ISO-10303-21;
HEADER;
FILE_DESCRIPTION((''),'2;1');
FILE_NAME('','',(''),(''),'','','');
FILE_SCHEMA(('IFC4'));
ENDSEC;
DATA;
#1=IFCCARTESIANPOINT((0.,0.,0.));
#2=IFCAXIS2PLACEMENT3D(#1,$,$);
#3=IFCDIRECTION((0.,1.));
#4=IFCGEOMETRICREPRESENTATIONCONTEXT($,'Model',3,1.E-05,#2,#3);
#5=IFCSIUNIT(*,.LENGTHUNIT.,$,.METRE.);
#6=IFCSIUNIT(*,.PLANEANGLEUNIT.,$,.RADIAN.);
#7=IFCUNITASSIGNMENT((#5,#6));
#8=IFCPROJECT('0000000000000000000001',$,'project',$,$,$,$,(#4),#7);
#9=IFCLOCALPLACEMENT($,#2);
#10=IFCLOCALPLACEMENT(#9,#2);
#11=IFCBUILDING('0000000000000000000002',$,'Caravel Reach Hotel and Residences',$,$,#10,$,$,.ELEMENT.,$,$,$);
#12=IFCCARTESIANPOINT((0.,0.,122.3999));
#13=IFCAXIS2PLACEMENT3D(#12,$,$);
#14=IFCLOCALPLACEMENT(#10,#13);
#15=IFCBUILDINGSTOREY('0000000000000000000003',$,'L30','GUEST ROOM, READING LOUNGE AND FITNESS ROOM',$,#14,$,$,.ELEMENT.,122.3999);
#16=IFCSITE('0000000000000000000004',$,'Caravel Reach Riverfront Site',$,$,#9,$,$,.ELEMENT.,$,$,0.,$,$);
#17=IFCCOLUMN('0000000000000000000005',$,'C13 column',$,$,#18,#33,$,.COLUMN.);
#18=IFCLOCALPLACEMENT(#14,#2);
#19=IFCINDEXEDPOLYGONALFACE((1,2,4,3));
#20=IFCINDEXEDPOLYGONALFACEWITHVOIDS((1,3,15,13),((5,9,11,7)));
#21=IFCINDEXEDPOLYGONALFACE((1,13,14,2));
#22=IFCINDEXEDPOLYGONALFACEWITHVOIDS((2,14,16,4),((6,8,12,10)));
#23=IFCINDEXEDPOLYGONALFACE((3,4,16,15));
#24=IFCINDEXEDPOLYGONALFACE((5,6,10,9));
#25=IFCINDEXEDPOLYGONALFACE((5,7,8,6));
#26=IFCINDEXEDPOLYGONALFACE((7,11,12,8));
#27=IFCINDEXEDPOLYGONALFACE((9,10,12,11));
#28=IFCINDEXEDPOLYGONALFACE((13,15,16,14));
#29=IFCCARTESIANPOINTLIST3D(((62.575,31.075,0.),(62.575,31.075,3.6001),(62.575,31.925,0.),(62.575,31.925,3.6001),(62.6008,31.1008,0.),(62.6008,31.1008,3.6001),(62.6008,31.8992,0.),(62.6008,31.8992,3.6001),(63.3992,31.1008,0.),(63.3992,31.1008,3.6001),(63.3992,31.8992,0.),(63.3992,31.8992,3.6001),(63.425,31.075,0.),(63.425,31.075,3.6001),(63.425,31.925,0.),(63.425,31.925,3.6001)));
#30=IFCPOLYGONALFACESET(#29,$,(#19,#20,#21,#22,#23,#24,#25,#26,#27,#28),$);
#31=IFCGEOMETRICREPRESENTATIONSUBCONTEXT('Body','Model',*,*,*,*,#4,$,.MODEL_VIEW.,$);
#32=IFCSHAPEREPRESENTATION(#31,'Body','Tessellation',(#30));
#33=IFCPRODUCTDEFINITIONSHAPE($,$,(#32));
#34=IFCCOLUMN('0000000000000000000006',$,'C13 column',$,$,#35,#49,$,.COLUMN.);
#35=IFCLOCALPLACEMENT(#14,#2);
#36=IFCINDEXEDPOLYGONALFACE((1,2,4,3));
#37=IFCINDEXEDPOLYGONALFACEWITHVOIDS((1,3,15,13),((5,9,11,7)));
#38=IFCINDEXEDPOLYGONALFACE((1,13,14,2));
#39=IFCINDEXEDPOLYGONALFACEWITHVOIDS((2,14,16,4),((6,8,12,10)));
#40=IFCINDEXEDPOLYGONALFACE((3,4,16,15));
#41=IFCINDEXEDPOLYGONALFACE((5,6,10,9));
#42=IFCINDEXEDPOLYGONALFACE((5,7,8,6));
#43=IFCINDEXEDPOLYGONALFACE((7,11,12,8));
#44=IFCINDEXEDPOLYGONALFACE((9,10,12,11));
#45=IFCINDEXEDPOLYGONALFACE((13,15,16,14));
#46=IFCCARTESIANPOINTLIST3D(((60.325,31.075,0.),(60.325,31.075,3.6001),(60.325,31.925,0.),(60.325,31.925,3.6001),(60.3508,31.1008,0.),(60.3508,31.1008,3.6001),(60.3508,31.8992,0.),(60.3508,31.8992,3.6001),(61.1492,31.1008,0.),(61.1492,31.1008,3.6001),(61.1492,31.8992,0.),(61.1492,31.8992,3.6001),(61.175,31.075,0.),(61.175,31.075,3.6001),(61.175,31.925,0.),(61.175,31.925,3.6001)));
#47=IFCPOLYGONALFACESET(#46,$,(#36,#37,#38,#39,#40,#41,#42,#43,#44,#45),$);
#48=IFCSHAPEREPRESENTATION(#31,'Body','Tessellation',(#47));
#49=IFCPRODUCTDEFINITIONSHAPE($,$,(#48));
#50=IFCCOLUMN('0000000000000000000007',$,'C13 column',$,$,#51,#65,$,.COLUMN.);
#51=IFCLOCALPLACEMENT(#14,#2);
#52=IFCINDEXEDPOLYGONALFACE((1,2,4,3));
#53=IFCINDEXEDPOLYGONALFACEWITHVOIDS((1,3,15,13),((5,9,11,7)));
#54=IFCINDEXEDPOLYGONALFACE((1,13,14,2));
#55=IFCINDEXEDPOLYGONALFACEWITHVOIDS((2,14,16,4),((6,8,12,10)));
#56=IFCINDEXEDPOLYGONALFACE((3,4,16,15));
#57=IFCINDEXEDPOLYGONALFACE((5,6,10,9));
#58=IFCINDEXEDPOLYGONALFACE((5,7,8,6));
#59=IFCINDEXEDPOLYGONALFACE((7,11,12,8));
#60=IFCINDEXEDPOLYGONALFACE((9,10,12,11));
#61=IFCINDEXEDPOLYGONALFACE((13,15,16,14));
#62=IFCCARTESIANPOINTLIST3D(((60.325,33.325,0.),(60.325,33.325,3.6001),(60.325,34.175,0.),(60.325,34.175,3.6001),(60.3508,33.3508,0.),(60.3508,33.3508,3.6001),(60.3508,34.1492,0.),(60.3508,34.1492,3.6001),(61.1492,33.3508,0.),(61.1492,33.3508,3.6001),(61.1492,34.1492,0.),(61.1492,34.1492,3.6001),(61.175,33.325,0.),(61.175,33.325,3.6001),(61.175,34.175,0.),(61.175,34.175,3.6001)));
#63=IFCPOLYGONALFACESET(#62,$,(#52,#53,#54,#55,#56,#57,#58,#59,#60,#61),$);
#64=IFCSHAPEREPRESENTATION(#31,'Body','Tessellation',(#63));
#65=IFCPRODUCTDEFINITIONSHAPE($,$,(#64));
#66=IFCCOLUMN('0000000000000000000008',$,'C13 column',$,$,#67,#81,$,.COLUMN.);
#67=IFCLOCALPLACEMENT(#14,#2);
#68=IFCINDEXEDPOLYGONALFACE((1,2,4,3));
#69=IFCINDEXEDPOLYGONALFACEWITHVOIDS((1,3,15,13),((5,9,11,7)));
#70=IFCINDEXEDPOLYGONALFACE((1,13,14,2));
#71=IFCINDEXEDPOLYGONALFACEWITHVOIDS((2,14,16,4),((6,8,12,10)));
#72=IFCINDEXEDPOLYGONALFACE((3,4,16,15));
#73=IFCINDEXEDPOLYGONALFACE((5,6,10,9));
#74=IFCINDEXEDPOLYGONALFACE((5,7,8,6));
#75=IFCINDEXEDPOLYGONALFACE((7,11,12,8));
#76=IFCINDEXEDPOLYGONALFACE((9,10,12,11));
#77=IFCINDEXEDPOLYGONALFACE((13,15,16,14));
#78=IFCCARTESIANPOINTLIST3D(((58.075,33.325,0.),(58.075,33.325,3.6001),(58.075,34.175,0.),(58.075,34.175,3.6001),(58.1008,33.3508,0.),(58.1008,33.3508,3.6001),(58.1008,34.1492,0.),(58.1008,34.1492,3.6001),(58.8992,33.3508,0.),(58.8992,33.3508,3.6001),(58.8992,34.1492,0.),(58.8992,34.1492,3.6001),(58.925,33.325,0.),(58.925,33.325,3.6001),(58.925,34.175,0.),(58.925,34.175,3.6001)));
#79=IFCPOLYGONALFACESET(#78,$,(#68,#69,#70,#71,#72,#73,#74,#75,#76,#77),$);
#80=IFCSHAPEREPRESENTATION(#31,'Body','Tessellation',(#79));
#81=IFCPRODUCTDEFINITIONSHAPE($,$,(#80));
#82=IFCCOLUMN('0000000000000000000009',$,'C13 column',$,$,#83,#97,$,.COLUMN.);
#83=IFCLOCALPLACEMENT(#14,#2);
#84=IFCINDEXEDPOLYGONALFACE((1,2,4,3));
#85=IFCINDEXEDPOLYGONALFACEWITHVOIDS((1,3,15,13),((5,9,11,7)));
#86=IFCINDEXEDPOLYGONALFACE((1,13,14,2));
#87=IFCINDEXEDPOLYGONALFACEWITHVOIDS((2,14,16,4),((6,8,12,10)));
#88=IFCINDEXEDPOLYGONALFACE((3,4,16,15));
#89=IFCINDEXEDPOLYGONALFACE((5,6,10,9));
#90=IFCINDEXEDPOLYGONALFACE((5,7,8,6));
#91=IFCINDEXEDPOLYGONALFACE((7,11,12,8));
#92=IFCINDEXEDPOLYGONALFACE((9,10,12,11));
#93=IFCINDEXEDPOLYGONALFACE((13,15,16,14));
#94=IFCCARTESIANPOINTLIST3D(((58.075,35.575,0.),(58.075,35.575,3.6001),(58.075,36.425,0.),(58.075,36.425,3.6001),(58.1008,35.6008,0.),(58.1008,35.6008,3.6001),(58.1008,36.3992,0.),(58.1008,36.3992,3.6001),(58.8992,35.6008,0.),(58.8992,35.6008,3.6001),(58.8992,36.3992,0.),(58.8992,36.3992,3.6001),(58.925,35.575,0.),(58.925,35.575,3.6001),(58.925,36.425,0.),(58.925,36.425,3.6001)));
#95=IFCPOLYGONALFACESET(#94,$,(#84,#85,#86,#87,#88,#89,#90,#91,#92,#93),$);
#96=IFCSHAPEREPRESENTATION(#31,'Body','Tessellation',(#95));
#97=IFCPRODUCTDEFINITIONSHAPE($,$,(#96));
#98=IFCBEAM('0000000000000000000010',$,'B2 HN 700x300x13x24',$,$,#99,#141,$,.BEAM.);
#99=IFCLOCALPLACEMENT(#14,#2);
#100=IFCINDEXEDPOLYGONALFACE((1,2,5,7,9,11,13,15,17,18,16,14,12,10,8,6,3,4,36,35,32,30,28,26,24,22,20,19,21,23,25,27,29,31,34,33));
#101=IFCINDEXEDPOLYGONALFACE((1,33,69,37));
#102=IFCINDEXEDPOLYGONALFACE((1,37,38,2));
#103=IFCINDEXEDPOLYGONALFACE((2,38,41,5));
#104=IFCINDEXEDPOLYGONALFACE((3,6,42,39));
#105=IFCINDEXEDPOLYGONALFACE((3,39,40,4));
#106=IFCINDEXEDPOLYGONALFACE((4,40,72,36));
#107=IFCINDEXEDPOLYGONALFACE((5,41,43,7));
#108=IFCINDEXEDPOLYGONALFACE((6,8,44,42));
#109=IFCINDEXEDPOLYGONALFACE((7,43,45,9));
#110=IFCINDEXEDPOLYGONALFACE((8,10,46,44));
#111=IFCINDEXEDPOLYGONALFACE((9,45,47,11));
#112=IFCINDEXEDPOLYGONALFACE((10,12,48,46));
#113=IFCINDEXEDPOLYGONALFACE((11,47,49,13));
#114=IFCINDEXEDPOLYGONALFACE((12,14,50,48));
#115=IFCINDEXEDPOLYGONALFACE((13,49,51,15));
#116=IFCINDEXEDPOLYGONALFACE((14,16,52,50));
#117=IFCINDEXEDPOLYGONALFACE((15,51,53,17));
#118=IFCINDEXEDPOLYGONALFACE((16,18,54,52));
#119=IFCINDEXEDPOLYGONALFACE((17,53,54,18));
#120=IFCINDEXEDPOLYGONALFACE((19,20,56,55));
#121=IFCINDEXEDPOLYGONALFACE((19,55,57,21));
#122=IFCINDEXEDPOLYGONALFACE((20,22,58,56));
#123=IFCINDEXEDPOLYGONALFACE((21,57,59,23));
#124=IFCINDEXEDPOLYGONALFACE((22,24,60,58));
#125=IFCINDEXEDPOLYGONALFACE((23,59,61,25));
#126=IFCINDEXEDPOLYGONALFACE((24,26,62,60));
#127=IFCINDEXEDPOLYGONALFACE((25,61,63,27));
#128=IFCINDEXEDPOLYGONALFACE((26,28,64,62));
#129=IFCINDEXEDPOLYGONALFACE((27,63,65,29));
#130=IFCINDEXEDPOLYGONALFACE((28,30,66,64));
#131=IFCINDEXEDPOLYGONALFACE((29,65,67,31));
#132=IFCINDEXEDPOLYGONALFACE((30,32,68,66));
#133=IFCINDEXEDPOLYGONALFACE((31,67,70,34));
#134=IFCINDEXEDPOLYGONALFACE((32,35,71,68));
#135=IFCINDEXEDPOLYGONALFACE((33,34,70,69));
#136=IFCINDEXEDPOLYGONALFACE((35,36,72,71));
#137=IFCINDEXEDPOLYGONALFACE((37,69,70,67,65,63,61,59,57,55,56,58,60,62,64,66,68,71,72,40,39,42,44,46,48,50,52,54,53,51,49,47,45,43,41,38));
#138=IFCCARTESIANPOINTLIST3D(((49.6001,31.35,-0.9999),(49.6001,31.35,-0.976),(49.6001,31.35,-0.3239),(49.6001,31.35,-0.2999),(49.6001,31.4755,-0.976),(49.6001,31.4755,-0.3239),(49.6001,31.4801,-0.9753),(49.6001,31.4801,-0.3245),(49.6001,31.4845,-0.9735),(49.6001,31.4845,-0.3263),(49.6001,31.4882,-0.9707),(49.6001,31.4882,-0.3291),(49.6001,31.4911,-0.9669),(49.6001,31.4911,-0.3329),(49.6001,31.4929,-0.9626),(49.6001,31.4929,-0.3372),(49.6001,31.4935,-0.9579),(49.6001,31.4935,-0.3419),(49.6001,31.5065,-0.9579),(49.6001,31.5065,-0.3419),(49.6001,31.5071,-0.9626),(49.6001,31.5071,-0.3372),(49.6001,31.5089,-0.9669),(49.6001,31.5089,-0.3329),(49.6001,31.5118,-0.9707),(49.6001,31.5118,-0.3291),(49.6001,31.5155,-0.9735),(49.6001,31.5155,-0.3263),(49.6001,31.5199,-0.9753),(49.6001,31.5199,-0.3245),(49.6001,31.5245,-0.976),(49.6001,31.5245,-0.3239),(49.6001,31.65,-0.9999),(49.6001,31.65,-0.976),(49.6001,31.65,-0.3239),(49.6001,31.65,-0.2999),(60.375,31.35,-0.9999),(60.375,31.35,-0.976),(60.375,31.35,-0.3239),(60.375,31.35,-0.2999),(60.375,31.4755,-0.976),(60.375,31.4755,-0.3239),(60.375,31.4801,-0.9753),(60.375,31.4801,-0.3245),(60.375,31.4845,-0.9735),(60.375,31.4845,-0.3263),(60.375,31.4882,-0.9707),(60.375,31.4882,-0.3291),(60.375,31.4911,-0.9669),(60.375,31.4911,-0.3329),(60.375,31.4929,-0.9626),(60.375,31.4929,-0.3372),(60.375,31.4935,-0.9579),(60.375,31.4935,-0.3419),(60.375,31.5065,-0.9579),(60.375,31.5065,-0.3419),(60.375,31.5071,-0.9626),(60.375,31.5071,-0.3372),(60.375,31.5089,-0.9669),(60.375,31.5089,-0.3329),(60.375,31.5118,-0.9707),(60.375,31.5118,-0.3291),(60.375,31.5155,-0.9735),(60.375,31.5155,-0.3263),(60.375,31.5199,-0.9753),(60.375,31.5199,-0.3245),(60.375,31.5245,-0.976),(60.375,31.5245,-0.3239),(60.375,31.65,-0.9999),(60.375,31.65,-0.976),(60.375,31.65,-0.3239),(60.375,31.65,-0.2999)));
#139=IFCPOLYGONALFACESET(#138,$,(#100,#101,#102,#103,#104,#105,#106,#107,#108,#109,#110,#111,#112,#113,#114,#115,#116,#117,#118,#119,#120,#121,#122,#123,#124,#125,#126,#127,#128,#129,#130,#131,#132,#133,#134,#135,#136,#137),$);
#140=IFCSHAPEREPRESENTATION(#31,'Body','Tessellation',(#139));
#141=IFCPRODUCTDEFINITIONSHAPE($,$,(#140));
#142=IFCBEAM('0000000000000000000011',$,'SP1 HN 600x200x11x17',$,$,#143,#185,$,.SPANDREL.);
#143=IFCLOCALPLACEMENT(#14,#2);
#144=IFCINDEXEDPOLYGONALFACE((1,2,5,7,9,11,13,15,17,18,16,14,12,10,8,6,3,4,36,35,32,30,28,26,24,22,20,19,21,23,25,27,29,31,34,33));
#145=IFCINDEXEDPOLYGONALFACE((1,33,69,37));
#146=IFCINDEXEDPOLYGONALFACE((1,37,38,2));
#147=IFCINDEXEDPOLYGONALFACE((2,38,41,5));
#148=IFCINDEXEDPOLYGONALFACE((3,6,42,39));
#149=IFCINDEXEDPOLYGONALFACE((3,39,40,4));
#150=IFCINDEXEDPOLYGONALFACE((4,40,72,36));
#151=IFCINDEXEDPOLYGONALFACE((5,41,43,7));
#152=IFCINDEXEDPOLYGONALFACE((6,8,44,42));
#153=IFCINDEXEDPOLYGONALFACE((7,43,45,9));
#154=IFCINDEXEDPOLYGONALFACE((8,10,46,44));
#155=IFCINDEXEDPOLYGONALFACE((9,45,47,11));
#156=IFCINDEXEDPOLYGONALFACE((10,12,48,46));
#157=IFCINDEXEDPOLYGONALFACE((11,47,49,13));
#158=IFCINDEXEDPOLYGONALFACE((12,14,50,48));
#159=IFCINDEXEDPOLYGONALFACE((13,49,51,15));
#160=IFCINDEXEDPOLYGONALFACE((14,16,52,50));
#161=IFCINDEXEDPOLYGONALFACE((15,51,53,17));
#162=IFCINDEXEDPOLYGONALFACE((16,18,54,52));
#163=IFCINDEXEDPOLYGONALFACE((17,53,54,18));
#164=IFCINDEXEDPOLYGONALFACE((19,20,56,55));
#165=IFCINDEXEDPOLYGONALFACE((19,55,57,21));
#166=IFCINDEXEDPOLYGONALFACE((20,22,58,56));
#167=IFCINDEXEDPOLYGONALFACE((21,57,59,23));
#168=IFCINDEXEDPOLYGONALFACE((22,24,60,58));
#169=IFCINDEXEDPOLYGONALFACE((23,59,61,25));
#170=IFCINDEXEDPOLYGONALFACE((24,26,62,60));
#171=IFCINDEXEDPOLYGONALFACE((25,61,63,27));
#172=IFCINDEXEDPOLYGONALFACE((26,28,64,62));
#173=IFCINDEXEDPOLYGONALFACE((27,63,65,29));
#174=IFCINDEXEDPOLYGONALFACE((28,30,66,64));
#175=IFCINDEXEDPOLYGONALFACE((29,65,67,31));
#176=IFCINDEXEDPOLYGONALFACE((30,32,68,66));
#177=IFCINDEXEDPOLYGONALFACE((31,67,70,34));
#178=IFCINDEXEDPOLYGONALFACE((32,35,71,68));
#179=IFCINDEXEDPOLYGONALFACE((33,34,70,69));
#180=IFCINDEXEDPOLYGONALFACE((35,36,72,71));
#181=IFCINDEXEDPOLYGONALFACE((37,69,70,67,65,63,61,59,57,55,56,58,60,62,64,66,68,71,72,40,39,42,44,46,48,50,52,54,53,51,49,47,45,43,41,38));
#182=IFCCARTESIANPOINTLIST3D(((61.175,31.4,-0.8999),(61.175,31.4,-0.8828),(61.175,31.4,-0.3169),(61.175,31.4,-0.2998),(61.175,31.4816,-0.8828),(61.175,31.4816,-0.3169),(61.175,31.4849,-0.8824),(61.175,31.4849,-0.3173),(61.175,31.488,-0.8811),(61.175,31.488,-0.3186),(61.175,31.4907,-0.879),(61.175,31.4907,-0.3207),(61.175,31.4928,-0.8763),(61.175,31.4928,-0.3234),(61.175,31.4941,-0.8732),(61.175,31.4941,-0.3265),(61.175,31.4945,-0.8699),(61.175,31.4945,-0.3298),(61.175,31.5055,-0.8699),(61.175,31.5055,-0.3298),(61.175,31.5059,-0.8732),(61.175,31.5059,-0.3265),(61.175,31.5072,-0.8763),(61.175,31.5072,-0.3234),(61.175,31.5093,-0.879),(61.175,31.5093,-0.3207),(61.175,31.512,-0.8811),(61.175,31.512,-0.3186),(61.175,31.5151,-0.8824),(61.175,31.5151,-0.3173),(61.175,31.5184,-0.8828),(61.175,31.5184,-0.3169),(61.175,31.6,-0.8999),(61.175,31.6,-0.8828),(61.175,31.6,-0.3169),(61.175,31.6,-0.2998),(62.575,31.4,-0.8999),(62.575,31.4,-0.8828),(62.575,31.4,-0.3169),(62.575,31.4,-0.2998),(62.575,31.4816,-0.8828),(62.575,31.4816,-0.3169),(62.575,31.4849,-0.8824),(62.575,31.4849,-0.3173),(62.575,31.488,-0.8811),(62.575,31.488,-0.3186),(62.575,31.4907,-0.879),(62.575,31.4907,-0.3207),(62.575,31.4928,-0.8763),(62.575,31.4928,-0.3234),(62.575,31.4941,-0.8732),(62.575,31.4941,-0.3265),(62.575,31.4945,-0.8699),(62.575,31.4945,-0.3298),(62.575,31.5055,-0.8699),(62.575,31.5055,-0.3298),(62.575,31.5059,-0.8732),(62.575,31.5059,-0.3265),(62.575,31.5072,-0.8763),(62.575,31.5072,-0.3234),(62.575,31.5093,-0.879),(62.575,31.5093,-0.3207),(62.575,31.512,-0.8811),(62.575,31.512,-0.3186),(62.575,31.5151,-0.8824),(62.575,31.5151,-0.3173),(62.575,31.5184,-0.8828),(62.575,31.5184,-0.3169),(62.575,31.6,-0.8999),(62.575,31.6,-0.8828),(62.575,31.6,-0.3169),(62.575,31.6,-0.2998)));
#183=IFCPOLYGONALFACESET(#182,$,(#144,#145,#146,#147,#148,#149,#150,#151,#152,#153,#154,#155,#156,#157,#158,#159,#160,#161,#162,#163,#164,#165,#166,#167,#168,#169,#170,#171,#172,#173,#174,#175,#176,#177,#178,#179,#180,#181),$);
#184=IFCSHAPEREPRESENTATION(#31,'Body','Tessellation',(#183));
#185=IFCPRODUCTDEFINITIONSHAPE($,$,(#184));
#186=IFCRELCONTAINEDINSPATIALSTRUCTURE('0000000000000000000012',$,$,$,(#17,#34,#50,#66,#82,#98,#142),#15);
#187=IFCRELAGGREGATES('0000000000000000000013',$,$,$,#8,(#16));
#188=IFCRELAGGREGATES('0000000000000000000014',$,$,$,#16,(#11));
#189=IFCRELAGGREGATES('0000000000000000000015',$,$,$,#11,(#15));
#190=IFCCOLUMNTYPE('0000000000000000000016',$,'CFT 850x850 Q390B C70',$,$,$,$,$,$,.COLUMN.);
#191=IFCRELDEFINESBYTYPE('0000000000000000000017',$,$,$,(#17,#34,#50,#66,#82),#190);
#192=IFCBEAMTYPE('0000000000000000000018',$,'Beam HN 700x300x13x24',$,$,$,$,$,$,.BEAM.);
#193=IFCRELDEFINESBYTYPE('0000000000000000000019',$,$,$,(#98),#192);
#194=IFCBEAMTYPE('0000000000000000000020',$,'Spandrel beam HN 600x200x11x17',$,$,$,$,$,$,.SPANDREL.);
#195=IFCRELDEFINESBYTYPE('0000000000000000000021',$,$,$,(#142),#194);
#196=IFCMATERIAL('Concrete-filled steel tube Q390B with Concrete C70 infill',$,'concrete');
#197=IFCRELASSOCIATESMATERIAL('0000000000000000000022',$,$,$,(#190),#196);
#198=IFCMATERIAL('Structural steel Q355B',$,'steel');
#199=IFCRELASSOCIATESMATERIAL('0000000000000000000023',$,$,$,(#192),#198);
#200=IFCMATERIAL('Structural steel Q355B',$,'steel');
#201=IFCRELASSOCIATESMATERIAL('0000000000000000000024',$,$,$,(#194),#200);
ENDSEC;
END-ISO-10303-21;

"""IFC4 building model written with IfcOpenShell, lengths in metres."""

from ifc_helpers import new_model, si_unit, direction, frame, origin, origin_2d, place, context, subcontext, project, spatial, hollow_rectangle, i_section, extrude, material, material_profile, profile_set, type_object, element, save


model = new_model("IFC4")

# Units and contexts
model_context = context("Model", 3, precision=1e-05, world=origin(), true_north=direction((0.0, 1.0)))
body_context = subcontext(model_context, "Body", "Model", "MODEL_VIEW")
ifc_project = project(units=[si_unit("LENGTHUNIT", "METRE"), si_unit("PLANEANGLEUNIT", "RADIAN")], contexts=[model_context])

# Site, building, storey
site_placement = place(None, origin())
site = spatial("IfcSite", under=ifc_project, at=site_placement, Name="Caravel Reach Riverfront Site", CompositionType="ELEMENT", RefElevation=0.0)
building_placement = place(site_placement, origin())
building = spatial("IfcBuilding", under=site, at=building_placement, Name="Caravel Reach Hotel and Residences", CompositionType="ELEMENT")
storey_placement = place(building_placement, frame((0.0, 0.0, 122.3999)))
storey = spatial("IfcBuildingStorey", under=building, at=storey_placement, Name="L30", Description="GUEST ROOM, READING LOUNGE AND FITNESS ROOM", CompositionType="ELEMENT", Elevation=122.3999)

# Columns
ifc_material_1 = material(Name="Concrete-filled steel tube Q390B with Concrete C70 infill", Category="concrete")
ifc_material_profile_1 = material_profile(ifc_material_1, hollow_rectangle(XDim=0.8501, YDim=0.8501, WallThickness=0.0259, at=origin_2d()), Name="RHS 850x850x26")
ifc_profile_set_1 = profile_set([ifc_material_profile_1], Name="Concrete-filled steel tube Q390B with Concrete C70 infill")
column_type = type_object("IfcColumnType", Name="CFT 850x850 Q390B C70", PredefinedType="COLUMN", material=ifc_profile_set_1)
for number, where, z_axis, x_axis, name in (
    (1, (63.0, 31.5, 0.0), (0.0, 0.0, 1.0), (1.0, 0.0, 0.0), "C13 column"),
    (2, (60.75, 31.5, 0.0), (0.0, 0.0, 1.0), (1.0, 0.0, 0.0), "C13 column"),
    (3, (60.75, 33.75, 0.0), (0.0, 0.0, 1.0), (1.0, 0.0, 0.0), "C13 column"),
    (4, (58.5, 33.75, 0.0), (0.0, 0.0, 1.0), (1.0, 0.0, 0.0), "C13 column"),
    (5, (58.5, 36.0, 0.0), (0.0, 0.0, 1.0), (1.0, 0.0, 0.0), "C13 column"),
):
    element("IfcColumn", number, at=place(storey_placement, frame(where, z_axis=z_axis, x_axis=x_axis)), inside=storey, type_object=column_type, Name=name, PredefinedType="COLUMN", context=body_context, shape_type="SweptSolid", body=[
        extrude(hollow_rectangle(XDim=0.8501, YDim=0.8501, WallThickness=0.0259, at=origin_2d()), origin(), (0.0, 0.0, 1.0), 3.6001),
    ])

# Beams
ifc_material_2 = material(Name="Structural steel Q355B", Category="steel")
ifc_material_profile_2 = material_profile(ifc_material_2, i_section(OverallWidth=0.3, OverallDepth=0.7, WebThickness=0.0129, FlangeThickness=0.0239, FilletRadius=0.0181, at=origin_2d()), Name="HN 700x300x13x24")
ifc_profile_set_2 = profile_set([ifc_material_profile_2], Name="Structural steel Q355B")
beam_type_1 = type_object("IfcBeamType", Name="Beam HN 700x300x13x24", PredefinedType="BEAM", material=ifc_profile_set_2)
beam_1_placement = place(storey_placement, frame((49.6001, 31.5, -0.6499), z_axis=(1.0, 0.0, 0.0), x_axis=(0.0, 1.0, 0.0)))
element("IfcBeam", 6, at=beam_1_placement, inside=storey, type_object=beam_type_1, Name="B2 HN 700x300x13x24", PredefinedType="BEAM", context=body_context, shape_type="SweptSolid", body=[
    extrude(i_section(OverallWidth=0.3, OverallDepth=0.7, WebThickness=0.0129, FlangeThickness=0.0239, FilletRadius=0.0181, at=origin_2d()), origin(), (0.0, 0.0, 1.0), 10.7749),
])
ifc_material_3 = material(Name="Structural steel Q355B", Category="steel")
ifc_material_profile_3 = material_profile(ifc_material_3, i_section(OverallWidth=0.2, OverallDepth=0.6001, WebThickness=0.011, FlangeThickness=0.0171, FilletRadius=0.0129, at=origin_2d()), Name="HN 600x200x11x17")
ifc_profile_set_3 = profile_set([ifc_material_profile_3], Name="Structural steel Q355B")
beam_type_2 = type_object("IfcBeamType", Name="Spandrel beam HN 600x200x11x17", PredefinedType="SPANDREL", material=ifc_profile_set_3)
for number, where, z_axis, x_axis, name in (
    (7, (62.575, 31.5, -0.5999), (-1.0, 0.0, 0.0), (0.0, -1.0, 0.0), "SP1 HN 600x200x11x17"),
):
    element("IfcBeam", number, at=place(storey_placement, frame(where, z_axis=z_axis, x_axis=x_axis)), inside=storey, type_object=beam_type_2, Name=name, PredefinedType="SPANDREL", context=body_context, shape_type="SweptSolid", body=[
        extrude(i_section(OverallWidth=0.2, OverallDepth=0.6001, WebThickness=0.011, FlangeThickness=0.0171, FilletRadius=0.0129, at=origin_2d()), origin(), (0.0, 0.0, 1.0), 1.3999),
    ])

save(model, "model.ifc")
